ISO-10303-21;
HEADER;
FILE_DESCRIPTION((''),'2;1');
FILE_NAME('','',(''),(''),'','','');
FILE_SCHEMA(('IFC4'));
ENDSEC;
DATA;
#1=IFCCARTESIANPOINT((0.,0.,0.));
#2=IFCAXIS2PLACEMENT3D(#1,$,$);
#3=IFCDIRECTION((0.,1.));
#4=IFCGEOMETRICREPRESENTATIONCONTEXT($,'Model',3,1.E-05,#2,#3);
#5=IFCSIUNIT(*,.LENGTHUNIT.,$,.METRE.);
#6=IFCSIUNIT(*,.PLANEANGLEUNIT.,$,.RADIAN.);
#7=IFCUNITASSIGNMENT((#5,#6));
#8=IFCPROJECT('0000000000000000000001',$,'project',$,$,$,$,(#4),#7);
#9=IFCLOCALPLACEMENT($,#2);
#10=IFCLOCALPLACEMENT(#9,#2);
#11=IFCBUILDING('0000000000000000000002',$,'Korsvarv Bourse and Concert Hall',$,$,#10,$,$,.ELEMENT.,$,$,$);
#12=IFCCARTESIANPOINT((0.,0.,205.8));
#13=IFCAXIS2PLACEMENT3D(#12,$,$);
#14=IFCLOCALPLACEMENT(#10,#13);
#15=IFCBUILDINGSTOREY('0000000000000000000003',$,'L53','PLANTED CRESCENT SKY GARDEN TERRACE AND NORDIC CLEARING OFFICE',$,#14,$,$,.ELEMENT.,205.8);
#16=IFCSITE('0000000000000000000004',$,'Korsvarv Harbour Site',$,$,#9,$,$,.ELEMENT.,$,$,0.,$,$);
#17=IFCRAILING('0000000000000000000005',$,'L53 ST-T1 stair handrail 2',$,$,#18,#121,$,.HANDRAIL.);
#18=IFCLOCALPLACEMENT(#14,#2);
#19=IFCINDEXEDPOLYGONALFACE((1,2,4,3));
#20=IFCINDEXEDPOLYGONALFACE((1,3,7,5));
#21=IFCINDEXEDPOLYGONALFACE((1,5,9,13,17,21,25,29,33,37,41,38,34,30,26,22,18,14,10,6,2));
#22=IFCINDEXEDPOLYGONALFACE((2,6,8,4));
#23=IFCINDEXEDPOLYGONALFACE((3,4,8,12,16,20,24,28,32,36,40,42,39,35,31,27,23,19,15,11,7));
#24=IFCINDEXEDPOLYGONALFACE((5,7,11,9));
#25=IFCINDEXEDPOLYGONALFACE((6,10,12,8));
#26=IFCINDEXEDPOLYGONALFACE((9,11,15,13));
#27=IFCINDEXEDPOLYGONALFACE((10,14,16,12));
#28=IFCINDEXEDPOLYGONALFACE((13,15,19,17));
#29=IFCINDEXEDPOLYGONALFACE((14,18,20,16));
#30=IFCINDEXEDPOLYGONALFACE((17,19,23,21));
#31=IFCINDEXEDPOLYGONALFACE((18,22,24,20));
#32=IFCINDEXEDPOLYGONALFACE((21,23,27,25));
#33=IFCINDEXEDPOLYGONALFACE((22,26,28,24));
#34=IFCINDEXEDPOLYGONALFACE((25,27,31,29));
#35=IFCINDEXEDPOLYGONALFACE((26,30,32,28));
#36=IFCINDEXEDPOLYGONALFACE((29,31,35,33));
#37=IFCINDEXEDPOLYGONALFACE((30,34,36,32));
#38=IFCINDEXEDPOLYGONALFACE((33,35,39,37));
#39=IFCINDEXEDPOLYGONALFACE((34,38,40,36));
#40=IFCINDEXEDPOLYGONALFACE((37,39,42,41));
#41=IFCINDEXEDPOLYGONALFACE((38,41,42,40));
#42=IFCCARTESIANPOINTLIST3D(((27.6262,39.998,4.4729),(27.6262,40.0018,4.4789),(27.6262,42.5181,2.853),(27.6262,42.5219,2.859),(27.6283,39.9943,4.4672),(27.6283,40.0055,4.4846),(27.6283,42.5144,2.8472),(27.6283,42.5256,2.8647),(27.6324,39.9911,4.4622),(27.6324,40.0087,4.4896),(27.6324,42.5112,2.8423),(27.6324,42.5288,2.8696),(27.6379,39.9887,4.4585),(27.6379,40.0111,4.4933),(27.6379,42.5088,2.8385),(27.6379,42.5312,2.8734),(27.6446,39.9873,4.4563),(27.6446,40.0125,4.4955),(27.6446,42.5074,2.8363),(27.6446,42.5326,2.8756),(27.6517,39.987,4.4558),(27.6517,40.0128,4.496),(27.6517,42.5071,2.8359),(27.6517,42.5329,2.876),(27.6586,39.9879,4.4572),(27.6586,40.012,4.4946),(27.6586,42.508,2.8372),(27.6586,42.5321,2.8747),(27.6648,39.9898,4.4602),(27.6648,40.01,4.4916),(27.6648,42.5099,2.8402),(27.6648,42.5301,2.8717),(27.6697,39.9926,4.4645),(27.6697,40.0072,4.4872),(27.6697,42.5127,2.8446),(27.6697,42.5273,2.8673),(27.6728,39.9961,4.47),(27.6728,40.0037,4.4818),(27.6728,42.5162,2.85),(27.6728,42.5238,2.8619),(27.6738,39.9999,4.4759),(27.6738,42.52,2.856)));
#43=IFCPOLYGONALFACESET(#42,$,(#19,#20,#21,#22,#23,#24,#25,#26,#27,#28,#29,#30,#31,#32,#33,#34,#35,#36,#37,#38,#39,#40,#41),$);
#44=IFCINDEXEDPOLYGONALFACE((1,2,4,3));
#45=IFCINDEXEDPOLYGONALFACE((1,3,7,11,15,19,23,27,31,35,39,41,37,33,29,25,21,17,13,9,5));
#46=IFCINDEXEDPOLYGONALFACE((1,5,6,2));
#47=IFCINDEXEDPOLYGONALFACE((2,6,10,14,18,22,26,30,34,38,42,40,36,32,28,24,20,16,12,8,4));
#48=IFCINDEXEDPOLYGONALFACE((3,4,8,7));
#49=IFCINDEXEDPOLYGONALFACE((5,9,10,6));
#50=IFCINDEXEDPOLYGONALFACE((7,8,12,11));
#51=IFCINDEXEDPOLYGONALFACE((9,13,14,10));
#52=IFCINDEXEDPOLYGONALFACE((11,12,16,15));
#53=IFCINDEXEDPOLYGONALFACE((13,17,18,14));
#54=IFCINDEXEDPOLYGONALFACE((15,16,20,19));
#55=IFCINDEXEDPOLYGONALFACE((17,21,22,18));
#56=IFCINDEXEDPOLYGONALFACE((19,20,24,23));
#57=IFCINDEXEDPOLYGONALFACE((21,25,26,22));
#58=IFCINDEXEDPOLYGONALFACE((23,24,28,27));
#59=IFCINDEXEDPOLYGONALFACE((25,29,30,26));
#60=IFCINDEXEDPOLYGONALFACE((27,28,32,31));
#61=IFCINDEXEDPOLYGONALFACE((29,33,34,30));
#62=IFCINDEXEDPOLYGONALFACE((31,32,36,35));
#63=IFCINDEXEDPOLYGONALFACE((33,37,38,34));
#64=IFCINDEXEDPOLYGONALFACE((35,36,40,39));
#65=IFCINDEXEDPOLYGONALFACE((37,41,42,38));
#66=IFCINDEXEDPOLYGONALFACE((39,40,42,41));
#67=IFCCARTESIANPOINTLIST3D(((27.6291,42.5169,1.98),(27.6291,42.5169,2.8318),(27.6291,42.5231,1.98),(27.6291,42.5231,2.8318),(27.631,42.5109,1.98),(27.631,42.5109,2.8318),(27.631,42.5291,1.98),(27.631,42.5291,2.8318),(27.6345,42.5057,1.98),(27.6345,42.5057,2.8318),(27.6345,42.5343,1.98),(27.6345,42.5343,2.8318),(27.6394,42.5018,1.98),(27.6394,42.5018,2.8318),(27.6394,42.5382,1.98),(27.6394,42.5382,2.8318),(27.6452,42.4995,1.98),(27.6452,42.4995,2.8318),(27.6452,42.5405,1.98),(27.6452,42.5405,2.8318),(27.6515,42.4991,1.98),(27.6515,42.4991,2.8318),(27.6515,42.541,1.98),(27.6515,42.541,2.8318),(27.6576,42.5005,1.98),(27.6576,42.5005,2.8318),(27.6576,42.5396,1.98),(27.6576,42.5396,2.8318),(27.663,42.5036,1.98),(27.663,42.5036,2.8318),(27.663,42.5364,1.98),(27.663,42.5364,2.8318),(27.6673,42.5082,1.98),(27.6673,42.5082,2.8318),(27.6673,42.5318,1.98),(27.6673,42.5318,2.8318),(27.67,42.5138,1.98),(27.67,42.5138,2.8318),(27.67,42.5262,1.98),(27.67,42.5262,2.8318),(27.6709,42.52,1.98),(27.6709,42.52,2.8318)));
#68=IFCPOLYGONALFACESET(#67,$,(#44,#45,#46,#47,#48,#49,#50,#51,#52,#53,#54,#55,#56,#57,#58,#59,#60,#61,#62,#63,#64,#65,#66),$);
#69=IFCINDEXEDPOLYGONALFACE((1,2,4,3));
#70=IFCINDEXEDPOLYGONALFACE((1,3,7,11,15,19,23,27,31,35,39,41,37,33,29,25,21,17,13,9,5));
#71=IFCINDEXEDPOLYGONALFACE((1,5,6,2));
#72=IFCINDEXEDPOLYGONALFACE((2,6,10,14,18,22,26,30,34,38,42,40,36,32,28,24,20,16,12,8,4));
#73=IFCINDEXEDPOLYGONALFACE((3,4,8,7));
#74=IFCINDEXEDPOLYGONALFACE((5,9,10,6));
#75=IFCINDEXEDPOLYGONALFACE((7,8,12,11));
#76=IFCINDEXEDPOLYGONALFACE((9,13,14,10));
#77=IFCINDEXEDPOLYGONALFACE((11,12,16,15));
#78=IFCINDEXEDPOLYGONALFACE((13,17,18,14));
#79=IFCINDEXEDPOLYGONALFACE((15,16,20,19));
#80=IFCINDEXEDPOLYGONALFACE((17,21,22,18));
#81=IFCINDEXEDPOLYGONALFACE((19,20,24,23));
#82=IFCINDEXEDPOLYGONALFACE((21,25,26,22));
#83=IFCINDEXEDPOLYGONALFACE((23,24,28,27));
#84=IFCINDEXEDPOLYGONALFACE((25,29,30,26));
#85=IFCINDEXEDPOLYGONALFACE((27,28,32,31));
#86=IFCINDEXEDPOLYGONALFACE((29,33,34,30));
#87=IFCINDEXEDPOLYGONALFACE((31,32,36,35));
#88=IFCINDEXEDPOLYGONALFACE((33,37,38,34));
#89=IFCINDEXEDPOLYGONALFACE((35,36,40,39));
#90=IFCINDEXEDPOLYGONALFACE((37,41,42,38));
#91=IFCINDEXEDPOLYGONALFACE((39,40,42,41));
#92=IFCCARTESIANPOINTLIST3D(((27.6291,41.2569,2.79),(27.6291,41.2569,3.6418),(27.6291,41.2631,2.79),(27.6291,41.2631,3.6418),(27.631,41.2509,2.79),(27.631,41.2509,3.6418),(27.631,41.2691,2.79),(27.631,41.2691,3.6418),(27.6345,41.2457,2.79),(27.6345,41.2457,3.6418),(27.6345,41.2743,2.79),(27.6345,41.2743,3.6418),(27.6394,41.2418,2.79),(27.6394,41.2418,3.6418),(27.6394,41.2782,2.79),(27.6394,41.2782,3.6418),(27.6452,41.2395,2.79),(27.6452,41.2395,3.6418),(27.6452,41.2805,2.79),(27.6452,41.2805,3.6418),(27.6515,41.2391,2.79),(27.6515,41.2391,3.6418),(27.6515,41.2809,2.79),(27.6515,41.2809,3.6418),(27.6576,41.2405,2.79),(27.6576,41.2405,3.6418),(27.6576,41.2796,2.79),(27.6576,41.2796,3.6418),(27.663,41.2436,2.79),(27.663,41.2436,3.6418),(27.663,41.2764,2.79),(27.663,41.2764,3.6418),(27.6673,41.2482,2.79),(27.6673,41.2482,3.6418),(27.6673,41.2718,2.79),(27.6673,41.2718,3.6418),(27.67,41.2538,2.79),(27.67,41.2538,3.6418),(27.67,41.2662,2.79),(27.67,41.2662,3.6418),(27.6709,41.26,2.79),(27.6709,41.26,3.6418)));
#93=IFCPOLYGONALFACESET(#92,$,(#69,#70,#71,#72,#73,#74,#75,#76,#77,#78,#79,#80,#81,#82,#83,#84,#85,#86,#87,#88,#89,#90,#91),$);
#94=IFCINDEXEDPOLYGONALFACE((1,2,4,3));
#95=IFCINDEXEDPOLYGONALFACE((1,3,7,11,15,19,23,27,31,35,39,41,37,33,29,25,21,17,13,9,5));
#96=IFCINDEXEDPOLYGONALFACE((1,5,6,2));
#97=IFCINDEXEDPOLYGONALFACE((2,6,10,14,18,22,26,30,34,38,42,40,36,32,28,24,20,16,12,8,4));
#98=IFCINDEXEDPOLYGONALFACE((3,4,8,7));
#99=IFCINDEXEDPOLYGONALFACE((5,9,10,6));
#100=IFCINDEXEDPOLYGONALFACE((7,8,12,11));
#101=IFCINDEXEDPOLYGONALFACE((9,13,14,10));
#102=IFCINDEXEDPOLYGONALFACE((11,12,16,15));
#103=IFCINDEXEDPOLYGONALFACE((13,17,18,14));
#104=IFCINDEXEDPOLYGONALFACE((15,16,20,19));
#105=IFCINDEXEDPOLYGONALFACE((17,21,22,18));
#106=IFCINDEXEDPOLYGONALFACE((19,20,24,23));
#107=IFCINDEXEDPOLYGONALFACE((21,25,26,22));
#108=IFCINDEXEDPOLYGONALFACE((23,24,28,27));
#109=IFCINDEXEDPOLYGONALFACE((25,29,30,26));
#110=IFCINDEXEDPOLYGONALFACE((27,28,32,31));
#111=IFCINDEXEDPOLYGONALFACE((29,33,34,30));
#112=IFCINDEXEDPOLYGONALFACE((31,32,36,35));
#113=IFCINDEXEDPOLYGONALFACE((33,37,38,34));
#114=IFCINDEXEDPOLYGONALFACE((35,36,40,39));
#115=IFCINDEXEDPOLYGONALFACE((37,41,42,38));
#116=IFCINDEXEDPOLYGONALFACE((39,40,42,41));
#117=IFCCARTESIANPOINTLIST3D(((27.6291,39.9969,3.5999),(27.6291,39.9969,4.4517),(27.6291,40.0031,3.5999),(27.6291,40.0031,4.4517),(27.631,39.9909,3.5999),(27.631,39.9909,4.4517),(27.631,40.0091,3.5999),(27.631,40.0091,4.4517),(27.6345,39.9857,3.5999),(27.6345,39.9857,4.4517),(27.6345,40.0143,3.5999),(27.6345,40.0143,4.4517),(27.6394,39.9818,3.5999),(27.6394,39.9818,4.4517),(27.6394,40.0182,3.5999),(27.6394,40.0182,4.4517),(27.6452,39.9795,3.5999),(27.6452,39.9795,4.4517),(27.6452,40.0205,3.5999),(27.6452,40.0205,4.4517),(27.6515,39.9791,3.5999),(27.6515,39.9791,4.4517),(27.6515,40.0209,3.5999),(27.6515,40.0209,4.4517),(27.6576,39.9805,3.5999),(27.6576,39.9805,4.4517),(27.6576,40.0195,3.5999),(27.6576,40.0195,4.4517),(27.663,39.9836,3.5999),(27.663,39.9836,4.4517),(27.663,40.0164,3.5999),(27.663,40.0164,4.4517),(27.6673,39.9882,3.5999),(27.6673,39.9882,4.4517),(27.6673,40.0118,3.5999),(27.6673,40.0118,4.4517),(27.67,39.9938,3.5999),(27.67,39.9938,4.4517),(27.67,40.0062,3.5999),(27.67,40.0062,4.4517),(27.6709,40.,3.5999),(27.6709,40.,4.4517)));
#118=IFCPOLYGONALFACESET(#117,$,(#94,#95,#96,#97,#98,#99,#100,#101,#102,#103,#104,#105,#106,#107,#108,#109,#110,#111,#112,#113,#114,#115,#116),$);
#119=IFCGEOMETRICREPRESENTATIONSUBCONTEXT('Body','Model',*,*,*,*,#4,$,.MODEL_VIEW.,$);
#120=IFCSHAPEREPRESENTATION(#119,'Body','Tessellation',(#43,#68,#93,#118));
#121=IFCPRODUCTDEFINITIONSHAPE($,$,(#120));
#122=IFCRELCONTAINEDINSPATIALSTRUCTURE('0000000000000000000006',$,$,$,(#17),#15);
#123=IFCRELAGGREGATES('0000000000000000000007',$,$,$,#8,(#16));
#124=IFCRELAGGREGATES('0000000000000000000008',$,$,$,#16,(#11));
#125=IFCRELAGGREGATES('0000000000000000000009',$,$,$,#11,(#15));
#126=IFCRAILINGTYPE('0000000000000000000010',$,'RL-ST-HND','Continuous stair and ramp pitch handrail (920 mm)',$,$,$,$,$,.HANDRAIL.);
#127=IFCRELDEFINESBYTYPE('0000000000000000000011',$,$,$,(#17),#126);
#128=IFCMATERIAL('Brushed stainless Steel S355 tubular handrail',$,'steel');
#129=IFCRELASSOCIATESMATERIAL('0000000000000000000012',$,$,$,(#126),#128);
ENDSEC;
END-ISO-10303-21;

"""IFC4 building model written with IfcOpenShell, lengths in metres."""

from ifc_helpers import new_model, si_unit, direction, frame, origin, origin_2d, place, context, subcontext, project, spatial, circle, extrude, material, type_object, element, save


model = new_model("IFC4")

# Units and contexts
model_context = context("Model", 3, precision=1e-05, world=origin(), true_north=direction((0.0, 1.0)))
body_context = subcontext(model_context, "Body", "Model", "MODEL_VIEW")
ifc_project = project(units=[si_unit("LENGTHUNIT", "METRE"), si_unit("PLANEANGLEUNIT", "RADIAN")], contexts=[model_context])

# Site, building, storey
site_placement = place(None, origin())
site = spatial("IfcSite", under=ifc_project, at=site_placement, Name="Korsvarv Harbour Site", CompositionType="ELEMENT", RefElevation=0.0)
building_placement = place(site_placement, origin())
building = spatial("IfcBuilding", under=site, at=building_placement, Name="Korsvarv Bourse and Concert Hall", CompositionType="ELEMENT")
storey_placement = place(building_placement, frame((0.0, 0.0, 205.8)))
storey = spatial("IfcBuildingStorey", under=building, at=storey_placement, Name="L53", Description="PLANTED CRESCENT SKY GARDEN TERRACE AND NORDIC CLEARING OFFICE", CompositionType="ELEMENT", Elevation=205.8)

# Railing
ifc_material_1 = material(Name="Brushed stainless Steel S355 tubular handrail", Category="steel")
railing_type_1 = type_object("IfcRailingType", Name="RL-ST-HND", Description="Continuous stair and ramp pitch handrail (920 mm)", PredefinedType="HANDRAIL", material=ifc_material_1)
railing_1_placement = place(storey_placement, frame((27.6499, 42.52, 1.98)))
element("IfcRailing", 1, at=railing_1_placement, inside=storey, type_object=railing_type_1, Name="L53 ST-T1 stair handrail 2", PredefinedType="HANDRAIL", context=body_context, shape_type="SweptSolid", body=[
    extrude(circle(Radius=0.0239, at=origin_2d()), frame((0.0, 0.0, 0.876), z_axis=(0.0, -0.8412, 0.540725), x_axis=(1.0, 0.0, 0.0)), (0.0, 0.0, 1.0), 2.9958),
    extrude(circle(Radius=0.021, at=origin_2d()), origin(), (0.0, 0.0, 1.0), 0.8518),
    extrude(circle(Radius=0.021, at=origin_2d()), frame((0.0, -1.26, 0.8101)), (0.0, 0.0, 1.0), 0.8518),
    extrude(circle(Radius=0.021, at=origin_2d()), frame((0.0, -2.52, 1.6199)), (0.0, 0.0, 1.0), 0.8518),
])

save(model, "model.ifc")
